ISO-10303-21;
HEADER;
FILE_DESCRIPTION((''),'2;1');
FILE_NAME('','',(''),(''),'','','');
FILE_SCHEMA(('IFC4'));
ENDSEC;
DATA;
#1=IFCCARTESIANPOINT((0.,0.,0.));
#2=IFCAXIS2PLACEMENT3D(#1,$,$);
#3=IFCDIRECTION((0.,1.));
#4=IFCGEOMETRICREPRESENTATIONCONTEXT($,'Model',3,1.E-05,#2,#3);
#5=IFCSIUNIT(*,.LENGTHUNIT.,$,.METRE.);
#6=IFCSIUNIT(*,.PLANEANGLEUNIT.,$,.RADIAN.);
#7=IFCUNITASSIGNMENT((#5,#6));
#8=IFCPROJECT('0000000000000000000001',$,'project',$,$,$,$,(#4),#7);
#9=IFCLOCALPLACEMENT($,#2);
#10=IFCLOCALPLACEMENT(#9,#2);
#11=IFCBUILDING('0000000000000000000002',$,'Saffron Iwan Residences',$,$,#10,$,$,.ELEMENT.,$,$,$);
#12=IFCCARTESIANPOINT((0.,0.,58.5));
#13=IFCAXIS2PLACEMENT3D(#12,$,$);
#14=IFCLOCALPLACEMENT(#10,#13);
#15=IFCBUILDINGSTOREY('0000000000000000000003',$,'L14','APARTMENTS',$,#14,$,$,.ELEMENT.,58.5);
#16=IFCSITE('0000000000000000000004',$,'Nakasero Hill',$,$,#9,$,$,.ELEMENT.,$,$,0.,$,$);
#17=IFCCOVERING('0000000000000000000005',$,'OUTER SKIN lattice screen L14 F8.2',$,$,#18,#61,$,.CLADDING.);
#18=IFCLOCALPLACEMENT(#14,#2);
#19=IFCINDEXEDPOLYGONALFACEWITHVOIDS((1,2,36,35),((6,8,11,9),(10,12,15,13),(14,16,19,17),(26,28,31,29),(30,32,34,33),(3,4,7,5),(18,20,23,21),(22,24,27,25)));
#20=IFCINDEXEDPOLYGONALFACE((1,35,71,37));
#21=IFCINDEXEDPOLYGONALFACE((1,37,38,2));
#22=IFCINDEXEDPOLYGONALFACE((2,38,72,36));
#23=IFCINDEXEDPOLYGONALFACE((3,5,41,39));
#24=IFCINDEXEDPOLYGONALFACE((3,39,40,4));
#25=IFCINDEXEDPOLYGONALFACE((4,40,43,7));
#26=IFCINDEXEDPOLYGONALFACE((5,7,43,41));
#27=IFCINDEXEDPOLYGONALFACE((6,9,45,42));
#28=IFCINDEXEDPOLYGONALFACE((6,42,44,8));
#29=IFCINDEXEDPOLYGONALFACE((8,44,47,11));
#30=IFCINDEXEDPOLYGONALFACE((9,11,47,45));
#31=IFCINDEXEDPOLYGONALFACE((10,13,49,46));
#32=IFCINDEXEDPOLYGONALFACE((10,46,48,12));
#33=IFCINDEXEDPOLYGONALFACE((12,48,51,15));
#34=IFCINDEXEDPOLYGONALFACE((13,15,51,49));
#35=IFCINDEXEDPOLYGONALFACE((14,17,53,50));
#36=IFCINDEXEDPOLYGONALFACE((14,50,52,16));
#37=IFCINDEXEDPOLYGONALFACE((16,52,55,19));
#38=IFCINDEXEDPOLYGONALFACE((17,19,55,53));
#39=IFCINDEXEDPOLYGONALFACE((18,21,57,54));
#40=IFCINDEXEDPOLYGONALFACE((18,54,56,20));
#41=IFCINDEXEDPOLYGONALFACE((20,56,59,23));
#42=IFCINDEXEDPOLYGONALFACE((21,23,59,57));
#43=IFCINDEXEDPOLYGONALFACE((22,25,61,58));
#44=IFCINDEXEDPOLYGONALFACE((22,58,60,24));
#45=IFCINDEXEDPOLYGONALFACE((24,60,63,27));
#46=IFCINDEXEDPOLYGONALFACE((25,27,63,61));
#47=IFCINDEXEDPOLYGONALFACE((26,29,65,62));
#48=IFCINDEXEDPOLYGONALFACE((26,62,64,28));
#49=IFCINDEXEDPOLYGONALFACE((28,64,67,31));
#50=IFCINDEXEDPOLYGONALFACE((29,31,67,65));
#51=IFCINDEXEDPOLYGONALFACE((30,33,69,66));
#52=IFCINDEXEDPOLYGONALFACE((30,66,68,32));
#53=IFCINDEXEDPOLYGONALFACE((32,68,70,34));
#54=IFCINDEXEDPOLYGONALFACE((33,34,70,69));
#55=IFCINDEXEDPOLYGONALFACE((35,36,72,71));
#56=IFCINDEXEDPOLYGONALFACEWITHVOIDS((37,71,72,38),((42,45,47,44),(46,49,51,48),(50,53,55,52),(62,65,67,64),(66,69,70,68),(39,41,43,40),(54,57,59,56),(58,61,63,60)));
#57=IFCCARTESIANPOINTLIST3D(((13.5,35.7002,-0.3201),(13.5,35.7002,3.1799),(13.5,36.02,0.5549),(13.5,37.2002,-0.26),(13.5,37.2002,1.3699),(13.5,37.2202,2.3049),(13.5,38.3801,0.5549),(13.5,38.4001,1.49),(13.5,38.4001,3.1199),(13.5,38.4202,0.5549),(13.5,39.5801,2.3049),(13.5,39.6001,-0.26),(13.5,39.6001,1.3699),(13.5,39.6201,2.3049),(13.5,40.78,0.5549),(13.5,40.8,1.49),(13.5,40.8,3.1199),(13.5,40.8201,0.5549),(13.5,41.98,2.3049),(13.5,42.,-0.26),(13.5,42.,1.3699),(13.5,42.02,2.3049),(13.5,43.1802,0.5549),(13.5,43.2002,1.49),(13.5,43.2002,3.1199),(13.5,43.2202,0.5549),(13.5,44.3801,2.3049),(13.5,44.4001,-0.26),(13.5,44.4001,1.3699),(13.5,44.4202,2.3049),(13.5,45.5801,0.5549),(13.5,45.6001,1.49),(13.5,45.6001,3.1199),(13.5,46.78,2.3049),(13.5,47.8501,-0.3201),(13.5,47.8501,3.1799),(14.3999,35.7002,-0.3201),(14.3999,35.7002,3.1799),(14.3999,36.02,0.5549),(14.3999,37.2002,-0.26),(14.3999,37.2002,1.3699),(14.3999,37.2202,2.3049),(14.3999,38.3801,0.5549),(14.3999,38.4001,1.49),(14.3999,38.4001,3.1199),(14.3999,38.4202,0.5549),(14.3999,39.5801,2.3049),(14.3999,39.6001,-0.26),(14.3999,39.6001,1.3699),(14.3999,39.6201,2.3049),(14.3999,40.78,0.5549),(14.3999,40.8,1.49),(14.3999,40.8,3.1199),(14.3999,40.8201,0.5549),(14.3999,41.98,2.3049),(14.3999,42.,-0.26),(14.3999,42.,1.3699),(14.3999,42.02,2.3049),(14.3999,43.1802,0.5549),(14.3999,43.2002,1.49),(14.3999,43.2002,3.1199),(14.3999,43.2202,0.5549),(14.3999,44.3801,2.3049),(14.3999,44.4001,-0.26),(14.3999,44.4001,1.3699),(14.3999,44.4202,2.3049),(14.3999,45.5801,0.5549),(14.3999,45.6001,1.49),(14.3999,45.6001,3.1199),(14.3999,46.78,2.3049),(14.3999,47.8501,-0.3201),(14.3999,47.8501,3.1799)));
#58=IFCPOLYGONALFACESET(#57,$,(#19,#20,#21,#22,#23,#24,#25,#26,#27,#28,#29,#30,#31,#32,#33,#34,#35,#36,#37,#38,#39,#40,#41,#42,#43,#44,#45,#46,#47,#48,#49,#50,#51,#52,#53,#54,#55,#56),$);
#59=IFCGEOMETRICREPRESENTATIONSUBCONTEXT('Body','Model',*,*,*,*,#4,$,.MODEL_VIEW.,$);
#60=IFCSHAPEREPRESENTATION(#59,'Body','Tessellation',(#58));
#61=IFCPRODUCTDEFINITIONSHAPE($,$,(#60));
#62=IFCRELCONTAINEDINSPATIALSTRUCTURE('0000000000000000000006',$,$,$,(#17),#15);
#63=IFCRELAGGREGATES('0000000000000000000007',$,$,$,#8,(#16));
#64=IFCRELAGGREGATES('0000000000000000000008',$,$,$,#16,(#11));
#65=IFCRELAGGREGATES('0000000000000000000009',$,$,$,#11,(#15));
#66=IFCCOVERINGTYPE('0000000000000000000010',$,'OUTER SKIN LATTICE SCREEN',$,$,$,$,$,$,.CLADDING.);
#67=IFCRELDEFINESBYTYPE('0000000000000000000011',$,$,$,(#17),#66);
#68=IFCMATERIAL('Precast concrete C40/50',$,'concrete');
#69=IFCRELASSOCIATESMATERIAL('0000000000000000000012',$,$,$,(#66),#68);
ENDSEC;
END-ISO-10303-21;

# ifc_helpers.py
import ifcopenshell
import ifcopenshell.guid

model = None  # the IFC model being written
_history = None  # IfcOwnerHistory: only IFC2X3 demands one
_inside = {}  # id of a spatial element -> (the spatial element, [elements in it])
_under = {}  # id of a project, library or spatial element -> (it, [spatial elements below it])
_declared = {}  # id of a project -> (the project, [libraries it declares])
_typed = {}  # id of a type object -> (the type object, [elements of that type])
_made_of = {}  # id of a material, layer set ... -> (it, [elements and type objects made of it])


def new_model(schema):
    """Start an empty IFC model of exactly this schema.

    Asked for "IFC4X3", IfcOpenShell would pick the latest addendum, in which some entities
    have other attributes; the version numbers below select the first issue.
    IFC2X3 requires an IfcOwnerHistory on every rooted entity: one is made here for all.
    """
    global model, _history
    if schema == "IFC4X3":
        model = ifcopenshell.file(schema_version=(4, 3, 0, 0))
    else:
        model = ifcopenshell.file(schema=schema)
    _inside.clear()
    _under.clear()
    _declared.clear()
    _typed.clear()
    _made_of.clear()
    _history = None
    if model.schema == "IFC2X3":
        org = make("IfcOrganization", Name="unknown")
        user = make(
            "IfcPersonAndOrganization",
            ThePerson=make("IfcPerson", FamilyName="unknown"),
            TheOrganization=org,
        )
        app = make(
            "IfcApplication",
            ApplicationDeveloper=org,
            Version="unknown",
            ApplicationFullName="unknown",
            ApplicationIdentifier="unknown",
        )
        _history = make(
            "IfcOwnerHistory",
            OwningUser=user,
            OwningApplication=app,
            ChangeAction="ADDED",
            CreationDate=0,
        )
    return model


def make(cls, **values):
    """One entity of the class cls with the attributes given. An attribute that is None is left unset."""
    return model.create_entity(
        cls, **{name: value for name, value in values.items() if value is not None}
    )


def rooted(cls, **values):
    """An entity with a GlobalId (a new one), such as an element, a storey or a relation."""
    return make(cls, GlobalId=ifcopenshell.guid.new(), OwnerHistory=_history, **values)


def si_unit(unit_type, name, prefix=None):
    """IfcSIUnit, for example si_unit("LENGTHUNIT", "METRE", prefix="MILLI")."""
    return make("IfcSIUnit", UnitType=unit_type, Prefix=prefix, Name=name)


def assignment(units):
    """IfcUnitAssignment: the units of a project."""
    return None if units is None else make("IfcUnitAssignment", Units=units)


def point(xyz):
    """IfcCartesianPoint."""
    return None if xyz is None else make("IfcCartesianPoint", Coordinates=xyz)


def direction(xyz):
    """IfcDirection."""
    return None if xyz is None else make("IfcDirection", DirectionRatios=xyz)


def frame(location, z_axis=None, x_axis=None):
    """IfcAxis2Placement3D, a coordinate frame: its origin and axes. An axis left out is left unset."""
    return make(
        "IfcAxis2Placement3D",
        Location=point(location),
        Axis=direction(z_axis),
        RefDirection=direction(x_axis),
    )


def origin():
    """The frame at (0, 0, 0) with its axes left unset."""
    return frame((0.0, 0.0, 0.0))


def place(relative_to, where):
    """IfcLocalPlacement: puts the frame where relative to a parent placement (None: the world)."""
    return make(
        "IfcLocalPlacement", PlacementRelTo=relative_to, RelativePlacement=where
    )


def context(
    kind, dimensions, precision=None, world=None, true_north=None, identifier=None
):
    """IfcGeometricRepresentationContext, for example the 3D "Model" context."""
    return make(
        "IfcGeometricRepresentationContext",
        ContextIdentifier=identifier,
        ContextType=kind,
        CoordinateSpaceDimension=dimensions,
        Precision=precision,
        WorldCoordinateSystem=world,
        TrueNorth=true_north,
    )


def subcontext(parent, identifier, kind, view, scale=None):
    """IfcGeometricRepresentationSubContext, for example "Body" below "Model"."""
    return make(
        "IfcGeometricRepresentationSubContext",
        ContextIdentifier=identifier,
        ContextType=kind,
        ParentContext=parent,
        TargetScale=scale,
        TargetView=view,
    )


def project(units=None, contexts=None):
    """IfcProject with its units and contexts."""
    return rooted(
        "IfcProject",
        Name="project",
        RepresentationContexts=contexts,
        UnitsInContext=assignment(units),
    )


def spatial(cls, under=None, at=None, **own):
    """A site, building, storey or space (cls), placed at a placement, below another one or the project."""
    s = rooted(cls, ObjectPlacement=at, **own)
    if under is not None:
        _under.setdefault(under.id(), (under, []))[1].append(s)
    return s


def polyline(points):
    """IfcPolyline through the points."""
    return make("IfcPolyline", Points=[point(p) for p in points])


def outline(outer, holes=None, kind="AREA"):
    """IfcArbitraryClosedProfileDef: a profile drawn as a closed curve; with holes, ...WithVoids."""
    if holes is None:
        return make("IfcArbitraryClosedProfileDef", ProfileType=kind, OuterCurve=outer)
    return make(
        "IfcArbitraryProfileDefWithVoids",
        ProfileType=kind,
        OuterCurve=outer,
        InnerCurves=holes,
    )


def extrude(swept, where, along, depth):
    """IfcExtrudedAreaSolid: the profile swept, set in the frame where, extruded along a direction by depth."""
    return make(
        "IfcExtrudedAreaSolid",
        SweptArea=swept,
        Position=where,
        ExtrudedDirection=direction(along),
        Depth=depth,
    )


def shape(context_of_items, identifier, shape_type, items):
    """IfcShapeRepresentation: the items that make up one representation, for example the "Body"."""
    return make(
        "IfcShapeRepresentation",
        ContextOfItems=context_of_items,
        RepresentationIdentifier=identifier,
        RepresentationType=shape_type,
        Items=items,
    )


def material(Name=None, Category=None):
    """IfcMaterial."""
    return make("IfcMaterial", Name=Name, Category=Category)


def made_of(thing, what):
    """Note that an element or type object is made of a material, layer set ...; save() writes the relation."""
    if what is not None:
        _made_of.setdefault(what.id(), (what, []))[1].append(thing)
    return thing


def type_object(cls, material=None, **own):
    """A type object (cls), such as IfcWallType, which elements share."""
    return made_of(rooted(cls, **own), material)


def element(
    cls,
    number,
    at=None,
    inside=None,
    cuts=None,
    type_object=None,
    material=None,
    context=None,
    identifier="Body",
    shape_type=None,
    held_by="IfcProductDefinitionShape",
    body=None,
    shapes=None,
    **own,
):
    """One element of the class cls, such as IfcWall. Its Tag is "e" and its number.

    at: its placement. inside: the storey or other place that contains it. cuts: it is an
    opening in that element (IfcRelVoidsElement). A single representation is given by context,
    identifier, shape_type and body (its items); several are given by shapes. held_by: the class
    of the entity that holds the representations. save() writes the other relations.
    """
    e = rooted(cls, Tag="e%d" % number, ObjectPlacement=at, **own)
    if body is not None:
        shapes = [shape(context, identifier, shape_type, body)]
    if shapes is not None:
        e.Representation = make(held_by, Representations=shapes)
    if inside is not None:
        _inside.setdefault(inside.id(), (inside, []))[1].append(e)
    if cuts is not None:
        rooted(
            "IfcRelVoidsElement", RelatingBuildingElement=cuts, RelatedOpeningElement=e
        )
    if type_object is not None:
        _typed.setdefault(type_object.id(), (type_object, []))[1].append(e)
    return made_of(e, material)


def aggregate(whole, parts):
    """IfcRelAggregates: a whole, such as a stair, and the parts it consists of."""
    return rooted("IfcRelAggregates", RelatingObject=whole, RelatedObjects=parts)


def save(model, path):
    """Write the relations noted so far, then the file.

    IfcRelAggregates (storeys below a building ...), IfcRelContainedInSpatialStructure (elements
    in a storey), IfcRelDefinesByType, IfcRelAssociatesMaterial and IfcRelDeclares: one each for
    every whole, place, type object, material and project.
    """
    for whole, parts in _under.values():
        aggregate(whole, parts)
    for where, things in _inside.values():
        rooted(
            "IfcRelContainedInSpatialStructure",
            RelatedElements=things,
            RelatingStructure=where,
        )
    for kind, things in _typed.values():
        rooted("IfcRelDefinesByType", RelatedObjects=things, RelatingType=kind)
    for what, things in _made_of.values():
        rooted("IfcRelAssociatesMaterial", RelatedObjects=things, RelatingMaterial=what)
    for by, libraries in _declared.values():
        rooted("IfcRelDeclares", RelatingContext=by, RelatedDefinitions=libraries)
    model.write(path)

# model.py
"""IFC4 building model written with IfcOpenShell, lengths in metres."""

from ifc_helpers import new_model, si_unit, direction, frame, origin, place, context, subcontext, project, spatial, polyline, outline, extrude, material, type_object, element, save


model = new_model("IFC4")

# Units and contexts
model_context = context("Model", 3, precision=1e-05, world=origin(), true_north=direction((0.0, 1.0)))
body_context = subcontext(model_context, "Body", "Model", "MODEL_VIEW")
ifc_project = project(units=[si_unit("LENGTHUNIT", "METRE"), si_unit("PLANEANGLEUNIT", "RADIAN")], contexts=[model_context])

# Site, building, storey
site_placement = place(None, origin())
site = spatial("IfcSite", under=ifc_project, at=site_placement, Name="Nakasero Hill", CompositionType="ELEMENT", RefElevation=0.0)
building_placement = place(site_placement, origin())
building = spatial("IfcBuilding", under=site, at=building_placement, Name="Saffron Iwan Residences", CompositionType="ELEMENT")
storey_placement = place(building_placement, frame((0.0, 0.0, 58.5)))
storey = spatial("IfcBuildingStorey", under=building, at=storey_placement, Name="L14", Description="APARTMENTS", CompositionType="ELEMENT", Elevation=58.5)

# Covering
ifc_material_1 = material(Name="Precast concrete C40/50", Category="concrete")
covering_type = type_object("IfcCoveringType", Name="OUTER SKIN LATTICE SCREEN", PredefinedType="CLADDING", material=ifc_material_1)
covering_placement = place(storey_placement, frame((14.3999, 47.8501, -0.3201), z_axis=(-1.0, 0.0, 0.0), x_axis=(0.0, -1.0, 0.0)))
element("IfcCovering", 1, at=covering_placement, inside=storey, type_object=covering_type, Name="OUTER SKIN lattice screen L14 F8.2", PredefinedType="CLADDING", context=body_context, shape_type="SweptSolid", body=[
    extrude(outline(polyline([(0.0, 0.0), (12.1499, 0.0), (12.1499, 3.5), (0.0, 3.5), (0.0, 0.0)]), holes=[polyline([(2.27, 0.875), (3.45, 0.0601), (4.6299, 0.875), (3.45, 1.6899), (2.27, 0.875)]), polyline([(4.6699, 0.875), (5.8501, 0.0601), (7.03, 0.875), (5.8501, 1.6899), (4.6699, 0.875)]), polyline([(7.0701, 0.875), (8.25, 0.0601), (9.4299, 0.875), (8.25, 1.6899), (7.0701, 0.875)]), polyline([(9.47, 0.875), (10.6499, 0.0601), (11.8301, 0.875), (10.6499, 1.6899), (9.47, 0.875)]), polyline([(1.0701, 2.625), (2.25, 1.8101), (3.4299, 2.625), (2.25, 3.4399), (1.0701, 2.625)]), polyline([(3.47, 2.625), (4.6499, 1.8101), (5.8301, 2.625), (4.6499, 3.4399), (3.47, 2.625)]), polyline([(5.8701, 2.625), (7.05, 1.8101), (8.23, 2.625), (7.05, 3.4399), (5.8701, 2.625)]), polyline([(8.27, 2.625), (9.45, 1.8101), (10.6299, 2.625), (9.45, 3.4399), (8.27, 2.625)])]), origin(), (0.0, 0.0, 1.0), 0.8999),
])

save(model, "model.ifc")
